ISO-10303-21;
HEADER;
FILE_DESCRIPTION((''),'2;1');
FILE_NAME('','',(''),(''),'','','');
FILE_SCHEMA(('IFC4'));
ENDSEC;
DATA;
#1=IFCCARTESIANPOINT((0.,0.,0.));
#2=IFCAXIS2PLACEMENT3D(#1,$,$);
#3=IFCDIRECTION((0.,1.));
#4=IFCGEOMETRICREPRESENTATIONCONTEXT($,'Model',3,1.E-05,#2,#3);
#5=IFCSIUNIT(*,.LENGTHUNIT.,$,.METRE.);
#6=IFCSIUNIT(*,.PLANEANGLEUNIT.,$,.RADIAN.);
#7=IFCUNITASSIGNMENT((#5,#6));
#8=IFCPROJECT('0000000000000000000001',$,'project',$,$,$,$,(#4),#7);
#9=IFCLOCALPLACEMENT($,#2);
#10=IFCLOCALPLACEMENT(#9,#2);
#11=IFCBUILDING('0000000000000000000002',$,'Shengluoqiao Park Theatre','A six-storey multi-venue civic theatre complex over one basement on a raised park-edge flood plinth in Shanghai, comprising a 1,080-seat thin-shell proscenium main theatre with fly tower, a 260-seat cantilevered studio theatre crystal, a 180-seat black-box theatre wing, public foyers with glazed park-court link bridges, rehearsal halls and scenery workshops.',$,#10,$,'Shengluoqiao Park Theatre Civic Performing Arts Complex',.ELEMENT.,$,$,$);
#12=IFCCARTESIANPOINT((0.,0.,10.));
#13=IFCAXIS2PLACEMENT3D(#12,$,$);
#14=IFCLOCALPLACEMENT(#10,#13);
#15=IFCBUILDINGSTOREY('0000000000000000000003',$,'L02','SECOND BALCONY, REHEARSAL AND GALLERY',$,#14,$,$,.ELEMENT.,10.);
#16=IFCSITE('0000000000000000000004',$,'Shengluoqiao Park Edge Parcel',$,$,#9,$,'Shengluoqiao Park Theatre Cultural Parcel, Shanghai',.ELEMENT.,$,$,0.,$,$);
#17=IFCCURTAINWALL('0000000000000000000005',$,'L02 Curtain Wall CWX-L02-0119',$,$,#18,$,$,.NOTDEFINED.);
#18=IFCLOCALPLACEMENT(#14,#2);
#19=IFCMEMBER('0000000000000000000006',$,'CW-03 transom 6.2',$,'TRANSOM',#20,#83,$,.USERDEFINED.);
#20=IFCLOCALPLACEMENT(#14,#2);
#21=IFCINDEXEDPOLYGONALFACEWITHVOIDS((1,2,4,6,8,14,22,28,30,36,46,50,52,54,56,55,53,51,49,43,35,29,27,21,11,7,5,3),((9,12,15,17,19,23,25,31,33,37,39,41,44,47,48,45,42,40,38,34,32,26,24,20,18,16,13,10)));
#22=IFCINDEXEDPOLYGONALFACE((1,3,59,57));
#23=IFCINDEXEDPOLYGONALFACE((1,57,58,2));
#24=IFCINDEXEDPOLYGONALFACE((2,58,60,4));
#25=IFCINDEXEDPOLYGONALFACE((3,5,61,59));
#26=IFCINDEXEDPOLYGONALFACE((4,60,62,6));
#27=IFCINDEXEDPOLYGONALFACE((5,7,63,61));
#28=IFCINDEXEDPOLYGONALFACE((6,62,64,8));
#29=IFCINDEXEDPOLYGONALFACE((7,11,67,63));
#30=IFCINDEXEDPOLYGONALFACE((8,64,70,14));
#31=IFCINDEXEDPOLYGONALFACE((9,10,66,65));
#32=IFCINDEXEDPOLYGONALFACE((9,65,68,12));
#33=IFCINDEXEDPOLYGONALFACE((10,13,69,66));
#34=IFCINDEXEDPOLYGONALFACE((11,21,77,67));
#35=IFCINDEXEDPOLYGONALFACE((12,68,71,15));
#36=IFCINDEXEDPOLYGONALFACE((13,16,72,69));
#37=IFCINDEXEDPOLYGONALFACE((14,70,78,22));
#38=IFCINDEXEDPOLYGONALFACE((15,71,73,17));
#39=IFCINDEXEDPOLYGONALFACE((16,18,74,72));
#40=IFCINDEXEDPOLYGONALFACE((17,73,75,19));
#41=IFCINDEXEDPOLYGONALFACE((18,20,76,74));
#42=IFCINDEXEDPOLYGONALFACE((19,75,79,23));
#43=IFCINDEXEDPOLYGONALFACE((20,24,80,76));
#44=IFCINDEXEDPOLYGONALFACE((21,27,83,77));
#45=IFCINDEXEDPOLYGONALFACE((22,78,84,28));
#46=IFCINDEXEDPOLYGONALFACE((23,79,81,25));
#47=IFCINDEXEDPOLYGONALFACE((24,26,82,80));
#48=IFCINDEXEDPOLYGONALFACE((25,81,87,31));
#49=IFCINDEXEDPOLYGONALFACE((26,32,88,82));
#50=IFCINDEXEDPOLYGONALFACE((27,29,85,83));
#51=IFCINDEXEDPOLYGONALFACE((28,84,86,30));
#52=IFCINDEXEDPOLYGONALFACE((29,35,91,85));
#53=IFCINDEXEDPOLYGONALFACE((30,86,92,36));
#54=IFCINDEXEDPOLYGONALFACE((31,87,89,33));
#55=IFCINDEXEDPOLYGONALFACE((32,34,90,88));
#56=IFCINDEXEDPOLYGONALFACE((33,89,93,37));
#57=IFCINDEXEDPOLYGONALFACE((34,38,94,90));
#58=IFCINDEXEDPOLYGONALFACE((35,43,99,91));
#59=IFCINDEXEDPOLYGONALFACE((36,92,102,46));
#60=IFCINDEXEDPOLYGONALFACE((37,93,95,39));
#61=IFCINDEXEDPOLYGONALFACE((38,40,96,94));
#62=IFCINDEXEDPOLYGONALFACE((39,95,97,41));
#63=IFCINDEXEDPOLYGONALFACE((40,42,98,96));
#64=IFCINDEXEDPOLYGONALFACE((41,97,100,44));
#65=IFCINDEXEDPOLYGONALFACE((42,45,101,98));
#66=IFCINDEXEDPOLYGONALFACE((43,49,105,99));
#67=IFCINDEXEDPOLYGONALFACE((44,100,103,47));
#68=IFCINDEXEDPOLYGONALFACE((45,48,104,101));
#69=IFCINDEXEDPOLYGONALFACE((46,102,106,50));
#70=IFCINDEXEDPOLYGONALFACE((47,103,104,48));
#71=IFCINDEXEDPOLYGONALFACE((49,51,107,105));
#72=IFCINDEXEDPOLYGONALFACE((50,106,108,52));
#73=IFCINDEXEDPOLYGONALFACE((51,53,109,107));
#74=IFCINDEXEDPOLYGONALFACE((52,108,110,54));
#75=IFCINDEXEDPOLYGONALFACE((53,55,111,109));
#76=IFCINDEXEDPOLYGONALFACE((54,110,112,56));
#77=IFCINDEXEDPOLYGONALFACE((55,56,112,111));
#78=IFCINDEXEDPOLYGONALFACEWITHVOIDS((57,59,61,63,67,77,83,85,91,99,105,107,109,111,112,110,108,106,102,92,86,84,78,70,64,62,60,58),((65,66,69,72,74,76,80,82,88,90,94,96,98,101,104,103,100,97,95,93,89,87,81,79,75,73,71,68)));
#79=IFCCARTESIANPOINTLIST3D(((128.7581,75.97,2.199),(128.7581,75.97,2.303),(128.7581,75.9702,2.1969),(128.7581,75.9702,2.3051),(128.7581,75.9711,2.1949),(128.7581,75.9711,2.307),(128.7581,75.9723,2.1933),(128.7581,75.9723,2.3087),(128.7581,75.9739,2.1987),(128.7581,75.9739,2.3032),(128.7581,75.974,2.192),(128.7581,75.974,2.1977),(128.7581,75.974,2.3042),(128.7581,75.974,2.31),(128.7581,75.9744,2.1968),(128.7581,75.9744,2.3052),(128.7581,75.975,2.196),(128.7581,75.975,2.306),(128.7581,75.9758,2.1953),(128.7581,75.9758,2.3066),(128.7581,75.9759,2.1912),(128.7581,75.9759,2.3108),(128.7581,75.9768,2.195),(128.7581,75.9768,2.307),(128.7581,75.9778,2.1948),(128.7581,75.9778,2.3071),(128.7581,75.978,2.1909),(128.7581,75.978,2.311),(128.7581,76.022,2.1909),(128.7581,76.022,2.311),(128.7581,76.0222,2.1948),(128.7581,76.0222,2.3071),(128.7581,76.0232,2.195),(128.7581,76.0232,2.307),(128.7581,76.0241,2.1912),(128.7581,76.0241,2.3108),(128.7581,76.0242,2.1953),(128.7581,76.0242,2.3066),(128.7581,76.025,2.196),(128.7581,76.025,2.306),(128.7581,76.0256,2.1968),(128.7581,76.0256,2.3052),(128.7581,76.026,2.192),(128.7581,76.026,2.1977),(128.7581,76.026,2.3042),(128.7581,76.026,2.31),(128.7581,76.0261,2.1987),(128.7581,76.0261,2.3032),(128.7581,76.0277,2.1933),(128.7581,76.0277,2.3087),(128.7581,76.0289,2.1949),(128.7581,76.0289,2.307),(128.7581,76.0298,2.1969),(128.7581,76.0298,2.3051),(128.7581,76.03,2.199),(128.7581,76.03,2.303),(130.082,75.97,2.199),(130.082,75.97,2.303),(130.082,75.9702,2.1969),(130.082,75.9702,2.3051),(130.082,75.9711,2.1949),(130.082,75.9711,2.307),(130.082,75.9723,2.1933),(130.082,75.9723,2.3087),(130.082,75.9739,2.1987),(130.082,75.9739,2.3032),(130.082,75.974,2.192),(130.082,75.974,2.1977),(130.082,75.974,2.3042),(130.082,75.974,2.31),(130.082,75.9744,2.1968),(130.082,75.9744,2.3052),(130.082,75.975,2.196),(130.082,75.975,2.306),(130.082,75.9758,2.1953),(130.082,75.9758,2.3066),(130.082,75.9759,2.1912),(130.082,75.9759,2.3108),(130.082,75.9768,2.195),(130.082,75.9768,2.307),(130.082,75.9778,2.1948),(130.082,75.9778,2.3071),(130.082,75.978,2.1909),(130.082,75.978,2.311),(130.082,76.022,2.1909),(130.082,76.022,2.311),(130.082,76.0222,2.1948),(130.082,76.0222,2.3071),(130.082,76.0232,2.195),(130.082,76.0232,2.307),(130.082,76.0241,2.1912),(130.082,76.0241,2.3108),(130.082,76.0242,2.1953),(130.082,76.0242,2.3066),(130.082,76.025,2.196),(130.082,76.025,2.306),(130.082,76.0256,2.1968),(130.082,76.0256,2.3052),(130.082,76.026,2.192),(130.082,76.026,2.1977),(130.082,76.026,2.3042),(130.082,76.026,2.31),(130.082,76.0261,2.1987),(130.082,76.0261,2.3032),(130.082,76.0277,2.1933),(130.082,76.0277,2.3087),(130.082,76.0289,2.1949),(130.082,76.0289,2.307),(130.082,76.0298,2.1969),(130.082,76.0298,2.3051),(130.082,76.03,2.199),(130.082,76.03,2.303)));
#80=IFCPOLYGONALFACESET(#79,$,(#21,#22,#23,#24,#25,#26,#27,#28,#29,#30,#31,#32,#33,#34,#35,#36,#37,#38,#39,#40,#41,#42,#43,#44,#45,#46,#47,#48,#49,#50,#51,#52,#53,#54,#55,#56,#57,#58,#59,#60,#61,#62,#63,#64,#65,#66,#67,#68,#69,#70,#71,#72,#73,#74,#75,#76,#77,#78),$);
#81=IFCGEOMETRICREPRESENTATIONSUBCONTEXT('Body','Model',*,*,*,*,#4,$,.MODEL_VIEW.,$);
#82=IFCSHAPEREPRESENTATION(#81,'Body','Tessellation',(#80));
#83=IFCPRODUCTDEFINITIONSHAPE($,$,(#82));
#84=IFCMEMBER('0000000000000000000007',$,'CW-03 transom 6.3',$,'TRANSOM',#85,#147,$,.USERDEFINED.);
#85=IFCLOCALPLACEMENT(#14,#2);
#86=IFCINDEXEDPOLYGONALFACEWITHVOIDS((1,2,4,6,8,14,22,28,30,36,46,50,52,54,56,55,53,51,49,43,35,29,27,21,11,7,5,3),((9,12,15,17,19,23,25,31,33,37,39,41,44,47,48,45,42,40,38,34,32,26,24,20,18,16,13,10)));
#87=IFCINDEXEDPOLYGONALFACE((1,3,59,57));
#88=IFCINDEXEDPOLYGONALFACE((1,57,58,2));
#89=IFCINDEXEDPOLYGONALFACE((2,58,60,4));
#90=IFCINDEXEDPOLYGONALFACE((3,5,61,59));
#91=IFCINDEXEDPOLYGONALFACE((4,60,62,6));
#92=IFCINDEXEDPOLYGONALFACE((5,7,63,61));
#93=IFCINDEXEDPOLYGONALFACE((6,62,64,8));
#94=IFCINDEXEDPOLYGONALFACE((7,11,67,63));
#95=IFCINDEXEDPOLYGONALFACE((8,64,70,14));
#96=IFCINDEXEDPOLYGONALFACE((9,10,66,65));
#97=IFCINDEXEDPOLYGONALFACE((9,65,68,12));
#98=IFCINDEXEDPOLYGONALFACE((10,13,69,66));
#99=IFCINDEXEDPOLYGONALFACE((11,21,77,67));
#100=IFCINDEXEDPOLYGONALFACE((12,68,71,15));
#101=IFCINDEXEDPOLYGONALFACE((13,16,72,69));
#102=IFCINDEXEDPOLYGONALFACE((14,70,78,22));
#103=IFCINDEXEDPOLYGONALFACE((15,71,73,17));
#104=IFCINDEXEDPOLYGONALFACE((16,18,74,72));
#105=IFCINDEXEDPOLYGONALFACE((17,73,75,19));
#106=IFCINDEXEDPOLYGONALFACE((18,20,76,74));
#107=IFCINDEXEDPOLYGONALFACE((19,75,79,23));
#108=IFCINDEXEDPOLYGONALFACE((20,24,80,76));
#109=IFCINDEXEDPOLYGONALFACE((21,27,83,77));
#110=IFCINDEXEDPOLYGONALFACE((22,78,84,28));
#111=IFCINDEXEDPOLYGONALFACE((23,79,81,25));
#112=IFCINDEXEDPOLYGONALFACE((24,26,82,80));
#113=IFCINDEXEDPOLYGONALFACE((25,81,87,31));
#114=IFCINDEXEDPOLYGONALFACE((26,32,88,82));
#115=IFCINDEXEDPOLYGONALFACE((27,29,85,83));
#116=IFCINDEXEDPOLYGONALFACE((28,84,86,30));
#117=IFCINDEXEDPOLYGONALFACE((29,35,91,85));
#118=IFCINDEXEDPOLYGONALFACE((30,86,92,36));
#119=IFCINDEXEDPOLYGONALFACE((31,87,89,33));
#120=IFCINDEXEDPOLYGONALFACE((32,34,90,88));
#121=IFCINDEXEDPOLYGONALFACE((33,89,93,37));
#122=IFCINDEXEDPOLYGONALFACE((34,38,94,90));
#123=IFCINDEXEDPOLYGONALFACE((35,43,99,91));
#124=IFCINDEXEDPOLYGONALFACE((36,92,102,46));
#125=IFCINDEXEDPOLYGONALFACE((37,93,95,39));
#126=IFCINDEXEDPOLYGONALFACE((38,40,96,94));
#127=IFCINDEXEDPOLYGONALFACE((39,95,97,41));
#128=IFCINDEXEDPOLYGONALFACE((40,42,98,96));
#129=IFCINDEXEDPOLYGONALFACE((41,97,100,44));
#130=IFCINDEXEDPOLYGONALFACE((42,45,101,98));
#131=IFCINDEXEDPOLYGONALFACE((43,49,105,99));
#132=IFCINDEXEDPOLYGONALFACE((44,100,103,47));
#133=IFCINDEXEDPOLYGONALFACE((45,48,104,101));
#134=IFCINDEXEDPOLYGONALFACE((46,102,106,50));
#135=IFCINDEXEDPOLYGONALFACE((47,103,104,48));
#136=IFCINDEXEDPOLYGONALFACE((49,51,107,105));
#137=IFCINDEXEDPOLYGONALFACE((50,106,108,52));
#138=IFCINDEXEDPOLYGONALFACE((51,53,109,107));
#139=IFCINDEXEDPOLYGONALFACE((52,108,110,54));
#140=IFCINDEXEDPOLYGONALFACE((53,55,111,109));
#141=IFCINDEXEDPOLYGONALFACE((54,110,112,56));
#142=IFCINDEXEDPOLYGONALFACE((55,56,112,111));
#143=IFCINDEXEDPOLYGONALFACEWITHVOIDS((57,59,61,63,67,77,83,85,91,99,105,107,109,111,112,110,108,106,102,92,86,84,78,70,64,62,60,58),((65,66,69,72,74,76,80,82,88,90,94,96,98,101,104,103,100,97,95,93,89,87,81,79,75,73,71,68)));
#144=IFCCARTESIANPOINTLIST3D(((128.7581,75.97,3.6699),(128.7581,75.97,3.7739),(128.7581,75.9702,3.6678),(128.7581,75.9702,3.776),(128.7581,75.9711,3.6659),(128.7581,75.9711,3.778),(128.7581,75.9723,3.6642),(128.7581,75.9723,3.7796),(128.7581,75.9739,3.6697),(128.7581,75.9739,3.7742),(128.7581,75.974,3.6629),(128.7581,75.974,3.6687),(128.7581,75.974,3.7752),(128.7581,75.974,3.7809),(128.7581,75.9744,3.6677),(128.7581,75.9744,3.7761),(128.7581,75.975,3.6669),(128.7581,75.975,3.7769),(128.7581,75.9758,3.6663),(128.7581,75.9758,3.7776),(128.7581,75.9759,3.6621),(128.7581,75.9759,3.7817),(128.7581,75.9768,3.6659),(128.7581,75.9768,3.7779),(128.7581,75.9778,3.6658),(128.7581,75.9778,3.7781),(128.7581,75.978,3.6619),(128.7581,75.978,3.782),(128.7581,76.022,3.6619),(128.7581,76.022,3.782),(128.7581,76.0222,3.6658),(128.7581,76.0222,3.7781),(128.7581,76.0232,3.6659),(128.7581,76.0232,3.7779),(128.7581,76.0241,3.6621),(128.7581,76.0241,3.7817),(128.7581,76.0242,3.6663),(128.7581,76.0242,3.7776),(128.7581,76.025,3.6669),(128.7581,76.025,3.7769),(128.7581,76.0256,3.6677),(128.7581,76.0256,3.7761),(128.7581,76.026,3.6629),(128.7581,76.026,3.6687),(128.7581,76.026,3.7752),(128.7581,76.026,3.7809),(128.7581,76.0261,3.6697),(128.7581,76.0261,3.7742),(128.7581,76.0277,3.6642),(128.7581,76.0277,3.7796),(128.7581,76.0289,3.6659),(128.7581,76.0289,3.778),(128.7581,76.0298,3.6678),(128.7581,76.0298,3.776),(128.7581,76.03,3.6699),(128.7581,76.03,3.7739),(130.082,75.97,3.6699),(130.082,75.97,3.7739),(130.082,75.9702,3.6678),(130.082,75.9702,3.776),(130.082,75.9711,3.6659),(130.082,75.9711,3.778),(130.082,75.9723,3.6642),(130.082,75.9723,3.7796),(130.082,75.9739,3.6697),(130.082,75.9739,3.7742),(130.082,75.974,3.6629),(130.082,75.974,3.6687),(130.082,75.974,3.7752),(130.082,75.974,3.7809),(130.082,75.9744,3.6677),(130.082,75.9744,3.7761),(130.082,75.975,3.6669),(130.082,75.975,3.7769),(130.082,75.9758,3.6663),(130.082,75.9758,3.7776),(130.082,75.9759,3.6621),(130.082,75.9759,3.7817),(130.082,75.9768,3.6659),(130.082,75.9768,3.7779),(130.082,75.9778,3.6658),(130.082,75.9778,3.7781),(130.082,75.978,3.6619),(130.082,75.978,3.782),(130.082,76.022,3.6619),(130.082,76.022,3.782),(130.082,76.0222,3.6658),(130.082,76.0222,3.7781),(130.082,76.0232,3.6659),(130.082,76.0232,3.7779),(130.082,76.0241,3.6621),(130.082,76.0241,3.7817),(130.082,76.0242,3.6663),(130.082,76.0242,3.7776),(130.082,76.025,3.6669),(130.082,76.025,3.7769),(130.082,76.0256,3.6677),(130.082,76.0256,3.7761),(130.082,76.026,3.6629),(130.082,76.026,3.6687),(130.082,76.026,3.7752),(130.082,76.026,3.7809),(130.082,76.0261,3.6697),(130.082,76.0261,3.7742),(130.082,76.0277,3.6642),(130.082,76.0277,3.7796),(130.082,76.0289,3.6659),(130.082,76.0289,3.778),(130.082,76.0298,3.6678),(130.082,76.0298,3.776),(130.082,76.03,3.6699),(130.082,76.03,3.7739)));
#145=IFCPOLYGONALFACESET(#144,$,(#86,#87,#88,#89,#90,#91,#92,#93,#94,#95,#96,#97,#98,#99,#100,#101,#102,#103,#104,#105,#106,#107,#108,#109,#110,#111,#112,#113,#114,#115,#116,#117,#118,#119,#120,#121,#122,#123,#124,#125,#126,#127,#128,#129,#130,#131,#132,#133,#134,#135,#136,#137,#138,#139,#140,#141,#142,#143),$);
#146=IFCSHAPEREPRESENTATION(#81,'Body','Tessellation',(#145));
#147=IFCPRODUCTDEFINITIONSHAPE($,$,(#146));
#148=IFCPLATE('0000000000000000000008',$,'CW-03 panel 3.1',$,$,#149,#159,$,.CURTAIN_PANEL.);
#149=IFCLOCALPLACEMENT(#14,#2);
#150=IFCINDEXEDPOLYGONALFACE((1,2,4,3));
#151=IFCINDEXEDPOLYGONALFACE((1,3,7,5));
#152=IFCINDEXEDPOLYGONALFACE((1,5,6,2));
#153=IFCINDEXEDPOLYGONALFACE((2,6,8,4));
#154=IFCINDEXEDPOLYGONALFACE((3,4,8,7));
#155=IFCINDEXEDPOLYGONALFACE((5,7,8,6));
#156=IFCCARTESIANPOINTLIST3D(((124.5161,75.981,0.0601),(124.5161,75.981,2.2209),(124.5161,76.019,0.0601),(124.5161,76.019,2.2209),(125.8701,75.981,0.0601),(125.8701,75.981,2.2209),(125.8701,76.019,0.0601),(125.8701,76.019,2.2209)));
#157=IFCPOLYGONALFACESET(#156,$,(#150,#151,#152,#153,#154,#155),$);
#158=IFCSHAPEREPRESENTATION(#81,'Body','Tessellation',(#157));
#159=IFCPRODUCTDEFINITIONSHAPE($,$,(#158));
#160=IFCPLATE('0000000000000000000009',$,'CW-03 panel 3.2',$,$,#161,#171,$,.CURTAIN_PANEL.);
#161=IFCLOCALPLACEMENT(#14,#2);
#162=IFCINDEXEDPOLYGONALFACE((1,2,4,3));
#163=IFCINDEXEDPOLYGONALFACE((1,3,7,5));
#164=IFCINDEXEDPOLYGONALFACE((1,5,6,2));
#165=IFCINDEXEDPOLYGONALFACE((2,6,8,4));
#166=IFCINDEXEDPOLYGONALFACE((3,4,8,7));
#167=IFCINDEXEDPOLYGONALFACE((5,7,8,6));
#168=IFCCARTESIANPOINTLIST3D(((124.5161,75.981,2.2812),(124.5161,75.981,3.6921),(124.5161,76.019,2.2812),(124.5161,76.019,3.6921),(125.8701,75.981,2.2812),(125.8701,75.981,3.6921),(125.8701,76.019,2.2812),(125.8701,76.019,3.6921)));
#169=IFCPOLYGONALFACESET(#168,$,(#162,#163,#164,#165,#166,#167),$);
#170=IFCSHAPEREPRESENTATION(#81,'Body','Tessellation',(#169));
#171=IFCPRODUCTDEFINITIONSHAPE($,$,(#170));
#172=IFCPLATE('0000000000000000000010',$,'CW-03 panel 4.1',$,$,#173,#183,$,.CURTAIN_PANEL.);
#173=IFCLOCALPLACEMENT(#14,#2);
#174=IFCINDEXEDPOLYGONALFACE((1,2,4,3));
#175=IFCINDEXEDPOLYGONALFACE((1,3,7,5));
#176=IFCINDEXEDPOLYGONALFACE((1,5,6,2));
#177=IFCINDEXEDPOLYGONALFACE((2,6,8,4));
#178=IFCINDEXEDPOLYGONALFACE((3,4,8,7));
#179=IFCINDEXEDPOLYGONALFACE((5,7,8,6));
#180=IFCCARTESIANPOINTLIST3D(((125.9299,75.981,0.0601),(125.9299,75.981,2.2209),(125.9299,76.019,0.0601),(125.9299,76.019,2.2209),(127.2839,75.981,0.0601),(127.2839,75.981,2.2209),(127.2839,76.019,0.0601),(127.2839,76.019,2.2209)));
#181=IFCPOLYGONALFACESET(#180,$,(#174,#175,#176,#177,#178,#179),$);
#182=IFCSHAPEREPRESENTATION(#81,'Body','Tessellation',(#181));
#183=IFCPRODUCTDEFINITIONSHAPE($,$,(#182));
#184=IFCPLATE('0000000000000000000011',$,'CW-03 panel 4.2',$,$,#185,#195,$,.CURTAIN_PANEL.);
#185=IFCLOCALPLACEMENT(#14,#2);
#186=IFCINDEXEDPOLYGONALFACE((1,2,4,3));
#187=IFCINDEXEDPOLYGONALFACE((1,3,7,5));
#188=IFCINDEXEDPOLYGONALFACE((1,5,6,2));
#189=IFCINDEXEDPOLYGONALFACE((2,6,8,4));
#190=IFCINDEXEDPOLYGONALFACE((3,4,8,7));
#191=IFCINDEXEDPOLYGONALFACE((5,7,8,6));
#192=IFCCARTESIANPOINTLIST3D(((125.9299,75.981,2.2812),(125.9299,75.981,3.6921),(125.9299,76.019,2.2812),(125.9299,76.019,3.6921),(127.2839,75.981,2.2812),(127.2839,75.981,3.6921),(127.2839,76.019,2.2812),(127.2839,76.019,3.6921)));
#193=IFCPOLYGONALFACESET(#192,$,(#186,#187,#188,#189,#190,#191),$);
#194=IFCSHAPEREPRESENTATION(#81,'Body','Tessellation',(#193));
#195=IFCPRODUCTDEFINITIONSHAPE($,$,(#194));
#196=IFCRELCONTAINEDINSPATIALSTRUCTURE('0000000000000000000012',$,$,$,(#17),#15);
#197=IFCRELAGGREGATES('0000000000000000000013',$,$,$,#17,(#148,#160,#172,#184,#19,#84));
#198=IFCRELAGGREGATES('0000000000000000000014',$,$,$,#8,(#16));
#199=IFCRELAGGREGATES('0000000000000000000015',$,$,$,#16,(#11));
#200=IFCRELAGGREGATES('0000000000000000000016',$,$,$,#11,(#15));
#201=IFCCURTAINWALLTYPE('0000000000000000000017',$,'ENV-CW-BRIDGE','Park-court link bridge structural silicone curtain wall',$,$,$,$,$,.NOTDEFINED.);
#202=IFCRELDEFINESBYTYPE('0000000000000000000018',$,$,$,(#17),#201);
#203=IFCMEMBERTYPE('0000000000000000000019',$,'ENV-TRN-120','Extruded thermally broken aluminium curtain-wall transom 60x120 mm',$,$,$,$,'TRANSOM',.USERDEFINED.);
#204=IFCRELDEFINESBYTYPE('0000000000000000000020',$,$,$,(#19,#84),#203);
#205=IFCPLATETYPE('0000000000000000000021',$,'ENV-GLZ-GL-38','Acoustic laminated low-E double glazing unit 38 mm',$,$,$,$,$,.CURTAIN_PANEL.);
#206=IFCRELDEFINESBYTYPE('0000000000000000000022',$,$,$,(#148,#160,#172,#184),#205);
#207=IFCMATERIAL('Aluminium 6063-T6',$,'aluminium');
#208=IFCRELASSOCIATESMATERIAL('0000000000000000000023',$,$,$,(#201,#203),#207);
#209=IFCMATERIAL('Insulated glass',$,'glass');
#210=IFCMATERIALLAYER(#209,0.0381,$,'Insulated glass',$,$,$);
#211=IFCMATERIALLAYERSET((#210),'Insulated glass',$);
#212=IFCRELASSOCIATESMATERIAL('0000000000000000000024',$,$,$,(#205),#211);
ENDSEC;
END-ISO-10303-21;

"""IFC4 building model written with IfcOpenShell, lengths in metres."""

from ifc_helpers import new_model, si_unit, direction, frame, origin, origin_2d, place, context, subcontext, project, spatial, rectangle, hollow_rectangle, extrude, material, layer, layer_set, material_profile, profile_set, type_object, element, aggregate, save


model = new_model("IFC4")

# Units and contexts
model_context = context("Model", 3, precision=1e-05, world=origin(), true_north=direction((0.0, 1.0)))
body_context = subcontext(model_context, "Body", "Model", "MODEL_VIEW")
ifc_project = project(units=[si_unit("LENGTHUNIT", "METRE"), si_unit("PLANEANGLEUNIT", "RADIAN")], contexts=[model_context])

# Site, building, storey
site_placement = place(None, origin())
site = spatial("IfcSite", under=ifc_project, at=site_placement, Name="Shengluoqiao Park Edge Parcel", LongName="Shengluoqiao Park Theatre Cultural Parcel, Shanghai", CompositionType="ELEMENT", RefElevation=0.0)
building_placement = place(site_placement, origin())
building = spatial("IfcBuilding", under=site, at=building_placement, Name="Shengluoqiao Park Theatre", Description="A six-storey multi-venue civic theatre complex over one basement on a raised park-edge flood plinth in Shanghai, comprising a 1,080-seat thin-shell proscenium main theatre with fly tower, a 260-seat cantilevered studio theatre crystal, a 180-seat black-box theatre wing, public foyers with glazed park-court link bridges, rehearsal halls and scenery workshops.", LongName="Shengluoqiao Park Theatre Civic Performing Arts Complex", CompositionType="ELEMENT")
storey_placement = place(building_placement, frame((0.0, 0.0, 10.0)))
storey = spatial("IfcBuildingStorey", under=building, at=storey_placement, Name="L02", Description="SECOND BALCONY, REHEARSAL AND GALLERY", CompositionType="ELEMENT", Elevation=10.0)

# Curtain wall, members, plates
ifc_material_1 = material(Name="Aluminium 6063-T6", Category="aluminium")
curtain_wall_type = type_object("IfcCurtainWallType", Name="ENV-CW-BRIDGE", Description="Park-court link bridge structural silicone curtain wall", PredefinedType="NOTDEFINED", material=ifc_material_1)
curtain_wall_placement = place(storey_placement, origin())
curtain_wall = element("IfcCurtainWall", 1, at=curtain_wall_placement, inside=storey, type_object=curtain_wall_type, Name="L02 Curtain Wall CWX-L02-0119", PredefinedType="NOTDEFINED")
ifc_material_profile_1 = material_profile(ifc_material_1, hollow_rectangle(XDim=0.0601, YDim=0.1201, WallThickness=0.0039, InnerFilletRadius=0.0039, OuterFilletRadius=0.0081, at=origin_2d()), Name="ALU TRANSOM 120x60x4")
ifc_profile_set_1 = profile_set([ifc_material_profile_1], Name="Aluminium 6063-T6")
member_type_1 = type_object("IfcMemberType", Name="ENV-TRN-120", Description="Extruded thermally broken aluminium curtain-wall transom 60x120 mm", ElementType="TRANSOM", PredefinedType="USERDEFINED", material=ifc_profile_set_1)
member_1_placement = place(storey_placement, frame((128.7581, 76.0, 2.251), z_axis=(1.0, 0.0, 0.0), x_axis=(0.0, 1.0, 0.0)))
member_1 = element("IfcMember", 2, at=member_1_placement, type_object=member_type_1, Name="CW-03 transom 6.2", ObjectType="TRANSOM", PredefinedType="USERDEFINED", context=body_context, shape_type="SweptSolid", body=[
    extrude(hollow_rectangle(XDim=0.0601, YDim=0.1201, WallThickness=0.0039, InnerFilletRadius=0.0039, OuterFilletRadius=0.0081, at=origin_2d()), origin(), (0.0, 0.0, 1.0), 1.324),
])
member_2_placement = place(storey_placement, frame((128.7581, 76.0, 3.7219), z_axis=(1.0, 0.0, 0.0), x_axis=(0.0, 1.0, 0.0)))
member_2 = element("IfcMember", 3, at=member_2_placement, type_object=member_type_1, Name="CW-03 transom 6.3", ObjectType="TRANSOM", PredefinedType="USERDEFINED", context=body_context, shape_type="SweptSolid", body=[
    extrude(hollow_rectangle(XDim=0.0601, YDim=0.1201, WallThickness=0.0039, InnerFilletRadius=0.0039, OuterFilletRadius=0.0081, at=origin_2d()), origin(), (0.0, 0.0, 1.0), 1.324),
])
ifc_material_2 = material(Name="Insulated glass", Category="glass")
ifc_layer = layer(ifc_material_2, 0.0381, Name="Insulated glass")
ifc_layer_set = layer_set([ifc_layer], Name="Insulated glass")
plate_type = type_object("IfcPlateType", Name="ENV-GLZ-GL-38", Description="Acoustic laminated low-E double glazing unit 38 mm", PredefinedType="CURTAIN_PANEL", material=ifc_layer_set)
plate_1_placement = place(storey_placement, frame((125.1931, 76.0, 0.0601), z_axis=(0.0, 0.0, 1.0), x_axis=(1.0, 0.0, 0.0)))
plate_1 = element("IfcPlate", 4, at=plate_1_placement, type_object=plate_type, Name="CW-03 panel 3.1", PredefinedType="CURTAIN_PANEL", context=body_context, shape_type="SweptSolid", body=[
    extrude(rectangle(XDim=1.354, YDim=0.0381, at=origin_2d()), origin(), (0.0, 0.0, 1.0), 2.1609),
])
plate_2_placement = place(storey_placement, frame((125.1931, 76.0, 2.2812), z_axis=(0.0, 0.0, 1.0), x_axis=(1.0, 0.0, 0.0)))
plate_2 = element("IfcPlate", 5, at=plate_2_placement, type_object=plate_type, Name="CW-03 panel 3.2", PredefinedType="CURTAIN_PANEL", context=body_context, shape_type="SweptSolid", body=[
    extrude(rectangle(XDim=1.354, YDim=0.0381, at=origin_2d()), origin(), (0.0, 0.0, 1.0), 1.4109),
])
plate_3_placement = place(storey_placement, frame((126.6069, 76.0, 0.0601), z_axis=(0.0, 0.0, 1.0), x_axis=(1.0, 0.0, 0.0)))
plate_3 = element("IfcPlate", 6, at=plate_3_placement, type_object=plate_type, Name="CW-03 panel 4.1", PredefinedType="CURTAIN_PANEL", context=body_context, shape_type="SweptSolid", body=[
    extrude(rectangle(XDim=1.354, YDim=0.0381, at=origin_2d()), origin(), (0.0, 0.0, 1.0), 2.1609),
])
plate_4_placement = place(storey_placement, frame((126.6069, 76.0, 2.2812), z_axis=(0.0, 0.0, 1.0), x_axis=(1.0, 0.0, 0.0)))
plate_4 = element("IfcPlate", 7, at=plate_4_placement, type_object=plate_type, Name="CW-03 panel 4.2", PredefinedType="CURTAIN_PANEL", context=body_context, shape_type="SweptSolid", body=[
    extrude(rectangle(XDim=1.354, YDim=0.0381, at=origin_2d()), origin(), (0.0, 0.0, 1.0), 1.4109),
])
aggregate(curtain_wall, [plate_1, plate_2, plate_3, plate_4, member_1, member_2])

save(model, "model.ifc")
